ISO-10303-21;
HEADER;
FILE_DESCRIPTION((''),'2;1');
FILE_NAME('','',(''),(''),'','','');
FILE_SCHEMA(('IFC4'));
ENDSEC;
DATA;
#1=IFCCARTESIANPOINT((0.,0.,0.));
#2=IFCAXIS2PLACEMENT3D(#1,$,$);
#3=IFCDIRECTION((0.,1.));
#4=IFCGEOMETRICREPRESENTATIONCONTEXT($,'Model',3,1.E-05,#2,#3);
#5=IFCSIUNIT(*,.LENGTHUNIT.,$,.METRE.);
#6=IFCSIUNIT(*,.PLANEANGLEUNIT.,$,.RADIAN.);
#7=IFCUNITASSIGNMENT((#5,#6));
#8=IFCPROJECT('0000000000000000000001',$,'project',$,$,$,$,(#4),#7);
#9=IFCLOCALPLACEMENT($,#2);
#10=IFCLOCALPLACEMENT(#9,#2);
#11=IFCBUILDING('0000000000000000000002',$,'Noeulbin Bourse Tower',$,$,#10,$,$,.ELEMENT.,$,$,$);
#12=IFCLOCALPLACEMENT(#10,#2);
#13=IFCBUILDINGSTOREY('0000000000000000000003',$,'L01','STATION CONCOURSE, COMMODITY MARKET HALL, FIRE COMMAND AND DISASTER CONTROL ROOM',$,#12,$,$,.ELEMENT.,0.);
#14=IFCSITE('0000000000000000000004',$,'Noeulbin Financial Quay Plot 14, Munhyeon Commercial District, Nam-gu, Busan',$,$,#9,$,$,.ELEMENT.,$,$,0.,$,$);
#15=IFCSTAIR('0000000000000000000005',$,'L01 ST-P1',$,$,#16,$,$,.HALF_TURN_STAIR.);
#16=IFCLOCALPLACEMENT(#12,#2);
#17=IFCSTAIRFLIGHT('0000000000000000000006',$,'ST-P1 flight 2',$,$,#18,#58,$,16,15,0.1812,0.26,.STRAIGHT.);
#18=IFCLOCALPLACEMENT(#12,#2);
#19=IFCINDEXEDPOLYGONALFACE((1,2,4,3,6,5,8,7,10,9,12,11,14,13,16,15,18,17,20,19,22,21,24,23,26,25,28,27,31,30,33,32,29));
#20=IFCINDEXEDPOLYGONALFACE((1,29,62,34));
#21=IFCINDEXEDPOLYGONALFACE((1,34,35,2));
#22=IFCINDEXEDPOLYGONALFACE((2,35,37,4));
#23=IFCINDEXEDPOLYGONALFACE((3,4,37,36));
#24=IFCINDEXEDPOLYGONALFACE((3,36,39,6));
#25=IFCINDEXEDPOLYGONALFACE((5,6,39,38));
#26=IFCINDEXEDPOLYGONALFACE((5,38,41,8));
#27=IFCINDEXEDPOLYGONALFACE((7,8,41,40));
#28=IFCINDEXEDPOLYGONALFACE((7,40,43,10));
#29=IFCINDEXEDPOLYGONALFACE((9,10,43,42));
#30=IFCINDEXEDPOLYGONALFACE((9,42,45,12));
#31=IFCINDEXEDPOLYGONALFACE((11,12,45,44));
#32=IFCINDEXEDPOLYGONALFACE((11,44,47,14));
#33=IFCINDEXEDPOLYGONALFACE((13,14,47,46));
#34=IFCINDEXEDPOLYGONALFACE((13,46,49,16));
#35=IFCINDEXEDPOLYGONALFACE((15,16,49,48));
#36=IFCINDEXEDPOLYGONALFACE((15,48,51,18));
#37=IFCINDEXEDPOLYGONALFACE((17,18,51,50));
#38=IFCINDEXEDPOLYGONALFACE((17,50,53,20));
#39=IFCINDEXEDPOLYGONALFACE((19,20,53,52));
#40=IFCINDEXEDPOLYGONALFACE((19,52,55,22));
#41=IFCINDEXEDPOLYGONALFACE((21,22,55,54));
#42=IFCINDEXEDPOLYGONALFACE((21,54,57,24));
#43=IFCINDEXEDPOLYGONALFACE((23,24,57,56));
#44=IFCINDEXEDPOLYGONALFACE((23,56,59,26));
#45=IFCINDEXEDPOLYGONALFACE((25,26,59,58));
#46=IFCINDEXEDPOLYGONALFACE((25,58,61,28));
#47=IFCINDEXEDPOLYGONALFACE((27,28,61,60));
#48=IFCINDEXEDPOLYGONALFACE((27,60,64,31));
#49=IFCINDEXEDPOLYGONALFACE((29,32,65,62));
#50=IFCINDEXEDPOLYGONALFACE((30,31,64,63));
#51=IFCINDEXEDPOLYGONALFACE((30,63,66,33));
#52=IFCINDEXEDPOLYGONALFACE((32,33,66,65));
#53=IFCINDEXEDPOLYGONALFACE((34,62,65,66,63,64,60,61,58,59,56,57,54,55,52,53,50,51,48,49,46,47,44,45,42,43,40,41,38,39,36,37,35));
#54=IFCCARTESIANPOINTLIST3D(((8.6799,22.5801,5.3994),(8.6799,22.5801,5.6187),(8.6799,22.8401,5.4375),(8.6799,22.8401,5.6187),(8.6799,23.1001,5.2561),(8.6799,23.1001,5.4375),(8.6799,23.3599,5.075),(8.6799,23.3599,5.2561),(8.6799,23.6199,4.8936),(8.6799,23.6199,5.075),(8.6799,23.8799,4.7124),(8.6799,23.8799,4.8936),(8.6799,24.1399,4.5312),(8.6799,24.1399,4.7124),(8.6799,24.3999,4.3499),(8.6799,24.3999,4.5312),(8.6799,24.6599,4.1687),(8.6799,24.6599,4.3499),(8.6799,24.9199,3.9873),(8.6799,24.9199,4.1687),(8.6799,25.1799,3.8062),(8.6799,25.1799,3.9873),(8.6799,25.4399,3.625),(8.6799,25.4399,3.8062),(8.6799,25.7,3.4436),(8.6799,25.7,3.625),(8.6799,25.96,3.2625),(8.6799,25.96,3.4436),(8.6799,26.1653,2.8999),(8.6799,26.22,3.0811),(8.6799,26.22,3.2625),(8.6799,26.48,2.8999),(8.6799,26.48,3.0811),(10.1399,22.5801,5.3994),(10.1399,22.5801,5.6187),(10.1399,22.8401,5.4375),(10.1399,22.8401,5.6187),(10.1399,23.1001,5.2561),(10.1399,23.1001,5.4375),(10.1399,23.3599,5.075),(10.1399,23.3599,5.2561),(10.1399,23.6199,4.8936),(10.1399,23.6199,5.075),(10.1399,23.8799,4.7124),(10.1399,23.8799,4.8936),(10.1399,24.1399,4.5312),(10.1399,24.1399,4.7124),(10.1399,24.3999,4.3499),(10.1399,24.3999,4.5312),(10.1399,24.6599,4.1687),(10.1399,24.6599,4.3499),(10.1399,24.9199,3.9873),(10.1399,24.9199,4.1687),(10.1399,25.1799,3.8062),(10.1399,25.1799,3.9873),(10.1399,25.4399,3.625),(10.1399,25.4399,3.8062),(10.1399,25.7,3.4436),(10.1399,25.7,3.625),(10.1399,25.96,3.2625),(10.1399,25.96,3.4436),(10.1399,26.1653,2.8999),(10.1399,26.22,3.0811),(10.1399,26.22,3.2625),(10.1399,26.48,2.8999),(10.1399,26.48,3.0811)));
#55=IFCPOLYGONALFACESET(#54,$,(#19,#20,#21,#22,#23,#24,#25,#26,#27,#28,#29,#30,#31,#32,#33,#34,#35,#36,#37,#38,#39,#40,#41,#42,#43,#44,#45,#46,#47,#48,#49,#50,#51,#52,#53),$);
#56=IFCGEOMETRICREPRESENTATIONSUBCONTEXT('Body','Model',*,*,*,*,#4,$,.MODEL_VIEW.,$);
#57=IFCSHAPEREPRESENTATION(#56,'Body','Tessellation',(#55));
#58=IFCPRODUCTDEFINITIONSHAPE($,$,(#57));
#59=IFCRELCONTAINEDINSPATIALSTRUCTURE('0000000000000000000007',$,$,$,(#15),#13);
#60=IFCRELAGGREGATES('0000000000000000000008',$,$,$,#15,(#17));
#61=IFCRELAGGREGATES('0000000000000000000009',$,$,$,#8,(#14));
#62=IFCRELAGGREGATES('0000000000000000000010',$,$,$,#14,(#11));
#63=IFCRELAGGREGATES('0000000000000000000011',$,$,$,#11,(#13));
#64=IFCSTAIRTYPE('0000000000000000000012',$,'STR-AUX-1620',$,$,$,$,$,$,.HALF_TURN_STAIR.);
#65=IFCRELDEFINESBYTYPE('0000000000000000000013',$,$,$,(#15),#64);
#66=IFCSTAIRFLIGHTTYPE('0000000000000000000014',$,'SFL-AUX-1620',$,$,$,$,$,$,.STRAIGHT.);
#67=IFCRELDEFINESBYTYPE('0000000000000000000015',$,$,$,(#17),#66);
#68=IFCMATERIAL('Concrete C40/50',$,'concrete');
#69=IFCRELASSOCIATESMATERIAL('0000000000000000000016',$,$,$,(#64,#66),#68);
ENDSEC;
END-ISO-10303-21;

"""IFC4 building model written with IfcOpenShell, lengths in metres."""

from ifc_helpers import new_model, si_unit, direction, frame, origin, place, context, subcontext, project, spatial, polyline, outline, extrude, material, type_object, element, aggregate, save


model = new_model("IFC4")

# Units and contexts
model_context = context("Model", 3, precision=1e-05, world=origin(), true_north=direction((0.0, 1.0)))
body_context = subcontext(model_context, "Body", "Model", "MODEL_VIEW")
ifc_project = project(units=[si_unit("LENGTHUNIT", "METRE"), si_unit("PLANEANGLEUNIT", "RADIAN")], contexts=[model_context])

# Site, building, storey
site_placement = place(None, origin())
site = spatial("IfcSite", under=ifc_project, at=site_placement, Name="Noeulbin Financial Quay Plot 14, Munhyeon Commercial District, Nam-gu, Busan", CompositionType="ELEMENT", RefElevation=0.0)
building_placement = place(site_placement, origin())
building = spatial("IfcBuilding", under=site, at=building_placement, Name="Noeulbin Bourse Tower", CompositionType="ELEMENT")
storey_placement = place(building_placement, origin())
storey = spatial("IfcBuildingStorey", under=building, at=storey_placement, Name="L01", Description="STATION CONCOURSE, COMMODITY MARKET HALL, FIRE COMMAND AND DISASTER CONTROL ROOM", CompositionType="ELEMENT", Elevation=0.0)

# Shared definitions
ifc_material_1 = material(Name="Concrete C40/50", Category="concrete")

# Stair, stair flight
stair_type = type_object("IfcStairType", Name="STR-AUX-1620", PredefinedType="HALF_TURN_STAIR", material=ifc_material_1)
stair_placement = place(storey_placement, origin())
stair = element("IfcStair", 1, at=stair_placement, inside=storey, type_object=stair_type, Name="L01 ST-P1", PredefinedType="HALF_TURN_STAIR")
stair_flight_type = type_object("IfcStairFlightType", Name="SFL-AUX-1620", PredefinedType="STRAIGHT", material=ifc_material_1)
stair_flight_1_placement = place(storey_placement, frame((9.4099, 26.48, 2.8999), z_axis=(0.0, 0.0, 1.0), x_axis=(0.0, -1.0, 0.0)))
stair_flight_1 = element("IfcStairFlight", 2, at=stair_flight_1_placement, type_object=stair_flight_type, Name="ST-P1 flight 2", NumberOfRisers=16, NumberOfTreads=15, PredefinedType="STRAIGHT", RiserHeight=0.1812, TreadLength=0.26, context=body_context, shape_type="SweptSolid", body=[
    extrude(outline(polyline([(0.0, 0.0), (0.0, 0.1812), (0.26, 0.1812), (0.26, 0.3625), (0.52, 0.3625), (0.52, 0.5437), (0.78, 0.5437), (0.78, 0.7251), (1.04, 0.7251), (1.04, 0.9062), (1.3, 0.9062), (1.3, 1.0874), (1.5601, 1.0874), (1.5601, 1.2688), (1.8201, 1.2688), (1.8201, 1.45), (2.0801, 1.45), (2.0801, 1.6313), (2.3401, 1.6313), (2.3401, 1.8125), (2.6001, 1.8125), (2.6001, 1.9937), (2.8601, 1.9937), (2.8601, 2.175), (3.1201, 2.175), (3.1201, 2.3562), (3.3799, 2.3562), (3.3799, 2.5376), (3.6399, 2.5376), (3.6399, 2.7188), (3.8999, 2.7188), (3.8999, 2.8999), (3.8999, 2.4995), (0.3147, 0.0), (0.0, 0.0)])), frame((0.0, 0.73, 0.0), z_axis=(0.0, -1.0, 0.0), x_axis=(1.0, 0.0, 0.0)), (0.0, 0.0, 1.0), 1.46),
])
aggregate(stair, [stair_flight_1])

save(model, "model.ifc")
